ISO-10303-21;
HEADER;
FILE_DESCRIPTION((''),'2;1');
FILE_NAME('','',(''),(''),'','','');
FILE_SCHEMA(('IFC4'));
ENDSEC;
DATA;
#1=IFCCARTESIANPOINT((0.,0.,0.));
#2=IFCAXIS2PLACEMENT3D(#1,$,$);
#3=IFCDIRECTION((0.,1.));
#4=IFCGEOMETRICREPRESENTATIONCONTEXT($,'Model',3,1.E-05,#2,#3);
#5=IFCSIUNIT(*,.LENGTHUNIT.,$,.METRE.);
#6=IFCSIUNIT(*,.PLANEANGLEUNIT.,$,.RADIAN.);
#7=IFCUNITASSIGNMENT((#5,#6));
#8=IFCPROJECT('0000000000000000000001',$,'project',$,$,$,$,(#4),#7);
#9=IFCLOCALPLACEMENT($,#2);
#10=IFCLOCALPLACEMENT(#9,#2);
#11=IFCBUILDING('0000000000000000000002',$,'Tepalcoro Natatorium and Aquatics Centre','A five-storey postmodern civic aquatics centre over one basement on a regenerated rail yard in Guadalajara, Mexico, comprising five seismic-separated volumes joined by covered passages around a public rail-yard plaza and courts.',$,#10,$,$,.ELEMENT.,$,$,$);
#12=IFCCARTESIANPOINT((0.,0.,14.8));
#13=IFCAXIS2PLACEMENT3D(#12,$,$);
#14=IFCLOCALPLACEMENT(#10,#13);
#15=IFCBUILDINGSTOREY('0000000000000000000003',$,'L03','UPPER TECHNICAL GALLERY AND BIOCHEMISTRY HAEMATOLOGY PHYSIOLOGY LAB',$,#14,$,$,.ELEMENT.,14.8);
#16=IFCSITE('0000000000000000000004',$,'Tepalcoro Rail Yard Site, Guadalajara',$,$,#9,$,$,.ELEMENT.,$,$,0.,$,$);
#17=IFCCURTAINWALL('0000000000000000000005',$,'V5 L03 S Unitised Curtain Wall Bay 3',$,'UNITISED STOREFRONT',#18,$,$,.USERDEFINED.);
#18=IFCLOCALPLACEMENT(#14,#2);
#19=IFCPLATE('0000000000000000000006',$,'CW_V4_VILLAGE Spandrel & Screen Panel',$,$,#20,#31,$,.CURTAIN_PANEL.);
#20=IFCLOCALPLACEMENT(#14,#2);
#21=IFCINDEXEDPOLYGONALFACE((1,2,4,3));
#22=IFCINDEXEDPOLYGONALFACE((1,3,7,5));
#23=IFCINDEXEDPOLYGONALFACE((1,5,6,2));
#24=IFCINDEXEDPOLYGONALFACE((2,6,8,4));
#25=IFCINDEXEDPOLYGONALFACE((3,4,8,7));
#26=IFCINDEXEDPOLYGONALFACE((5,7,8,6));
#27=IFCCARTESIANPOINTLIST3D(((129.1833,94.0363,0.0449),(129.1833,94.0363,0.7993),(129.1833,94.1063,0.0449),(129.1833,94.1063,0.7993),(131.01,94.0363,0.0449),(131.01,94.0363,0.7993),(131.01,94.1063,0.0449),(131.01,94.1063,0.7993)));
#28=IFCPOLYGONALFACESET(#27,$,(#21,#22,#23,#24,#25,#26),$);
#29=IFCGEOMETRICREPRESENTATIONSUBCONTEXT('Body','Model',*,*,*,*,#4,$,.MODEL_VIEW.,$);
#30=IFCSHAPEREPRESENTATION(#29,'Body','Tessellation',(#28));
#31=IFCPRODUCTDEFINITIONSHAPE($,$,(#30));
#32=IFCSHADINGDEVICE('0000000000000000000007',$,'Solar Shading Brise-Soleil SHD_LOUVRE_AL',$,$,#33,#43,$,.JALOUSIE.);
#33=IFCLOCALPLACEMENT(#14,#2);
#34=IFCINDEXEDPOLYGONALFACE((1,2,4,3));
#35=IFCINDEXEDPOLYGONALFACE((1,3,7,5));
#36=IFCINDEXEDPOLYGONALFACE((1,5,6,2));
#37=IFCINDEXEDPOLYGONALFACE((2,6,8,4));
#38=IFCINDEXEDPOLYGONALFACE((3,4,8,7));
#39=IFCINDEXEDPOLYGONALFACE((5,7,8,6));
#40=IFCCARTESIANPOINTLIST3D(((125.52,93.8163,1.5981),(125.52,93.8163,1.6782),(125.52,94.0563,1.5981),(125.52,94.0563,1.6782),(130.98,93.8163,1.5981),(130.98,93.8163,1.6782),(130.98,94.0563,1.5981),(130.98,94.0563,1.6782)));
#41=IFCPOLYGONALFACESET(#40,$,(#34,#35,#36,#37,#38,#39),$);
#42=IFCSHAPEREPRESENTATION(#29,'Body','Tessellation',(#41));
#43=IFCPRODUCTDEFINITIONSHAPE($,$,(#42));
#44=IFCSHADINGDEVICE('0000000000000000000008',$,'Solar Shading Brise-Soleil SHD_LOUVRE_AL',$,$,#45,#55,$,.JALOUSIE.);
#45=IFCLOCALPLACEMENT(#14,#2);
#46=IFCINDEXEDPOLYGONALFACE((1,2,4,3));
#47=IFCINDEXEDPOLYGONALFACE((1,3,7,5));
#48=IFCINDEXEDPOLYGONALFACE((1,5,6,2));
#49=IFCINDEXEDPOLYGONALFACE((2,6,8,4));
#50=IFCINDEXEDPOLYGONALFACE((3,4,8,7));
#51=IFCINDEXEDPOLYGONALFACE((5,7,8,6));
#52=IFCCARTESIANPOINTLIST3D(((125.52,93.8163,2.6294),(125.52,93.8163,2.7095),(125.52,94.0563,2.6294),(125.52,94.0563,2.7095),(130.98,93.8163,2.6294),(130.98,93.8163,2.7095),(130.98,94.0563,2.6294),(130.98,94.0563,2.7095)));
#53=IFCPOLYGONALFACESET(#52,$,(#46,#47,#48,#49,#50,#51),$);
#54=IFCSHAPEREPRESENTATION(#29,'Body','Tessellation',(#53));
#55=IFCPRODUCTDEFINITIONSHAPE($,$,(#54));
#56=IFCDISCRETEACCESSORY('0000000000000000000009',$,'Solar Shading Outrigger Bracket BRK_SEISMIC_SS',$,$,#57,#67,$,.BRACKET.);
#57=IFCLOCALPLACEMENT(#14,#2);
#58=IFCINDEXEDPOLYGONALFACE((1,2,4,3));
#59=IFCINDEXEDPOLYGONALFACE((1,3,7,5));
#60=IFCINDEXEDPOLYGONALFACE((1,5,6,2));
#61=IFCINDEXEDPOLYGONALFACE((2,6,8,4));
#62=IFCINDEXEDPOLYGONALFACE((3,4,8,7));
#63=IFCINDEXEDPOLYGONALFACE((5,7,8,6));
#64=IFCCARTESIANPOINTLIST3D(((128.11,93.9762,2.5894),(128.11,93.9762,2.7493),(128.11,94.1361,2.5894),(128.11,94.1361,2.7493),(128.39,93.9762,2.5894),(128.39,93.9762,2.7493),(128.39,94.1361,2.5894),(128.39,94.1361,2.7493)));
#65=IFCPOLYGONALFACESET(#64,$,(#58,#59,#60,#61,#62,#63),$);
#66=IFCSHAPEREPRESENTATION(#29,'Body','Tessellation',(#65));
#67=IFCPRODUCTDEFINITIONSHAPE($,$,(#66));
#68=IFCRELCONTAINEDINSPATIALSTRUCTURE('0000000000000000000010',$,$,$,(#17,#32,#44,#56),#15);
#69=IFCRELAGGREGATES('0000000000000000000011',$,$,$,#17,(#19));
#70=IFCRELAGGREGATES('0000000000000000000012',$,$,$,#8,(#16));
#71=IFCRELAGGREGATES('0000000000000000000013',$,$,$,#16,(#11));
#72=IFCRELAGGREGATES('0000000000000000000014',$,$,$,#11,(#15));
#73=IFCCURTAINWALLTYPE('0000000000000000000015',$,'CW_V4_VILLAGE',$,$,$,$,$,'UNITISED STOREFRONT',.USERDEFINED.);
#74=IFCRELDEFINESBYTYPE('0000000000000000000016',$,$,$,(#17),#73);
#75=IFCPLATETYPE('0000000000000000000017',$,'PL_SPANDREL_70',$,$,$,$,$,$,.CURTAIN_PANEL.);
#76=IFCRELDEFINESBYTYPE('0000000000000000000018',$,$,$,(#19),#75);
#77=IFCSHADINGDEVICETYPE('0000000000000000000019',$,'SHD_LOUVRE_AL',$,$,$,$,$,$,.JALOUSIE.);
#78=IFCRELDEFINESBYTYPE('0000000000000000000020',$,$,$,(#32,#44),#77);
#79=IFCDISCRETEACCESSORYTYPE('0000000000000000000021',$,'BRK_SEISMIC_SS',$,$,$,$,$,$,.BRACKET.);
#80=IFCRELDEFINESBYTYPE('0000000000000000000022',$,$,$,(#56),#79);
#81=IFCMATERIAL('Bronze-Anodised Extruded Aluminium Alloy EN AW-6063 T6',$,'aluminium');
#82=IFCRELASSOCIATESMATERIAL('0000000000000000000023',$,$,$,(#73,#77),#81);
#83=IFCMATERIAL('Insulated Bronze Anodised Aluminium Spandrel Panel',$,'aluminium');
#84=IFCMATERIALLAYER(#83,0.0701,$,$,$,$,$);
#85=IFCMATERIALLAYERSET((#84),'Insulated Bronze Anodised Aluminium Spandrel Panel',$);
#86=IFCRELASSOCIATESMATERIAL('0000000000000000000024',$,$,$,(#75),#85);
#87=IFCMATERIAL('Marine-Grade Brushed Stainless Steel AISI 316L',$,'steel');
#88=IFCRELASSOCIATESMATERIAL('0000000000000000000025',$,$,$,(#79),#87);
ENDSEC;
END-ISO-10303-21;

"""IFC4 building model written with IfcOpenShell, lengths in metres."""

from ifc_helpers import new_model, si_unit, direction, frame, origin, origin_2d, place, context, subcontext, project, spatial, rectangle, extrude, material, layer, layer_set, type_object, element, aggregate, save


model = new_model("IFC4")

# Units and contexts
model_context = context("Model", 3, precision=1e-05, world=origin(), true_north=direction((0.0, 1.0)))
body_context = subcontext(model_context, "Body", "Model", "MODEL_VIEW")
ifc_project = project(units=[si_unit("LENGTHUNIT", "METRE"), si_unit("PLANEANGLEUNIT", "RADIAN")], contexts=[model_context])

# Site, building, storey
site_placement = place(None, origin())
site = spatial("IfcSite", under=ifc_project, at=site_placement, Name="Tepalcoro Rail Yard Site, Guadalajara", CompositionType="ELEMENT", RefElevation=0.0)
building_placement = place(site_placement, origin())
building = spatial("IfcBuilding", under=site, at=building_placement, Name="Tepalcoro Natatorium and Aquatics Centre", Description="A five-storey postmodern civic aquatics centre over one basement on a regenerated rail yard in Guadalajara, Mexico, comprising five seismic-separated volumes joined by covered passages around a public rail-yard plaza and courts.", CompositionType="ELEMENT")
storey_placement = place(building_placement, frame((0.0, 0.0, 14.8)))
storey = spatial("IfcBuildingStorey", under=building, at=storey_placement, Name="L03", Description="UPPER TECHNICAL GALLERY AND BIOCHEMISTRY HAEMATOLOGY PHYSIOLOGY LAB", CompositionType="ELEMENT", Elevation=14.8)

# Curtain wall
ifc_material_1 = material(Name="Bronze-Anodised Extruded Aluminium Alloy EN AW-6063 T6", Category="aluminium")
curtain_wall_type_1 = type_object("IfcCurtainWallType", Name="CW_V4_VILLAGE", ElementType="UNITISED STOREFRONT", PredefinedType="USERDEFINED", material=ifc_material_1)
curtain_wall_1_placement = place(storey_placement, origin())
curtain_wall_1 = element("IfcCurtainWall", 1, at=curtain_wall_1_placement, inside=storey, type_object=curtain_wall_type_1, Name="V5 L03 S Unitised Curtain Wall Bay 3", ObjectType="UNITISED STOREFRONT", PredefinedType="USERDEFINED")

# Plate
ifc_material_2 = material(Name="Insulated Bronze Anodised Aluminium Spandrel Panel", Category="aluminium")
ifc_layer_1 = layer(ifc_material_2, 0.0701)
ifc_layer_set_1 = layer_set([ifc_layer_1], Name="Insulated Bronze Anodised Aluminium Spandrel Panel")
plate_type_1 = type_object("IfcPlateType", Name="PL_SPANDREL_70", PredefinedType="CURTAIN_PANEL", material=ifc_layer_set_1)
plate_1_placement = place(storey_placement, frame((130.0967, 94.0713, 0.0449), z_axis=(0.0, 0.0, 1.0), x_axis=(1.0, 0.0, 0.0)))
plate_1 = element("IfcPlate", 2, at=plate_1_placement, type_object=plate_type_1, Name="CW_V4_VILLAGE Spandrel & Screen Panel", PredefinedType="CURTAIN_PANEL", context=body_context, shape_type="SweptSolid", body=[
    extrude(rectangle(XDim=1.8267, YDim=0.0701, at=origin_2d()), origin(), (0.0, 0.0, 1.0), 0.7544),
])
aggregate(curtain_wall_1, [plate_1])

# Shading devices
shading_device_type = type_object("IfcShadingDeviceType", Name="SHD_LOUVRE_AL", PredefinedType="JALOUSIE", material=ifc_material_1)
for number, where, z_axis, x_axis, name in (
    (3, (128.25, 93.9363, 1.5981), (0.0, 0.0, 1.0), (1.0, 0.0, 0.0), "Solar Shading Brise-Soleil SHD_LOUVRE_AL"),
    (4, (128.25, 93.9363, 2.6294), (0.0, 0.0, 1.0), (1.0, 0.0, 0.0), "Solar Shading Brise-Soleil SHD_LOUVRE_AL"),
):
    element("IfcShadingDevice", number, at=place(storey_placement, frame(where, z_axis=z_axis, x_axis=x_axis)), inside=storey, type_object=shading_device_type, Name=name, PredefinedType="JALOUSIE", context=body_context, shape_type="SweptSolid", body=[
        extrude(rectangle(XDim=5.46, YDim=0.24, at=origin_2d()), origin(), (0.0, 0.0, 1.0), 0.0801),
    ])

# Discrete accessory
ifc_material_3 = material(Name="Marine-Grade Brushed Stainless Steel AISI 316L", Category="steel")
discrete_accessory_type = type_object("IfcDiscreteAccessoryType", Name="BRK_SEISMIC_SS", PredefinedType="BRACKET", material=ifc_material_3)
discrete_accessory_placement = place(storey_placement, frame((128.25, 94.0562, 2.5894), z_axis=(0.0, 0.0, 1.0), x_axis=(1.0, 0.0, 0.0)))
element("IfcDiscreteAccessory", 5, at=discrete_accessory_placement, inside=storey, type_object=discrete_accessory_type, Name="Solar Shading Outrigger Bracket BRK_SEISMIC_SS", PredefinedType="BRACKET", context=body_context, shape_type="SweptSolid", body=[
    extrude(rectangle(XDim=0.28, YDim=0.1599, at=origin_2d()), origin(), (0.0, 0.0, 1.0), 0.1599),
])

save(model, "model.ifc")
